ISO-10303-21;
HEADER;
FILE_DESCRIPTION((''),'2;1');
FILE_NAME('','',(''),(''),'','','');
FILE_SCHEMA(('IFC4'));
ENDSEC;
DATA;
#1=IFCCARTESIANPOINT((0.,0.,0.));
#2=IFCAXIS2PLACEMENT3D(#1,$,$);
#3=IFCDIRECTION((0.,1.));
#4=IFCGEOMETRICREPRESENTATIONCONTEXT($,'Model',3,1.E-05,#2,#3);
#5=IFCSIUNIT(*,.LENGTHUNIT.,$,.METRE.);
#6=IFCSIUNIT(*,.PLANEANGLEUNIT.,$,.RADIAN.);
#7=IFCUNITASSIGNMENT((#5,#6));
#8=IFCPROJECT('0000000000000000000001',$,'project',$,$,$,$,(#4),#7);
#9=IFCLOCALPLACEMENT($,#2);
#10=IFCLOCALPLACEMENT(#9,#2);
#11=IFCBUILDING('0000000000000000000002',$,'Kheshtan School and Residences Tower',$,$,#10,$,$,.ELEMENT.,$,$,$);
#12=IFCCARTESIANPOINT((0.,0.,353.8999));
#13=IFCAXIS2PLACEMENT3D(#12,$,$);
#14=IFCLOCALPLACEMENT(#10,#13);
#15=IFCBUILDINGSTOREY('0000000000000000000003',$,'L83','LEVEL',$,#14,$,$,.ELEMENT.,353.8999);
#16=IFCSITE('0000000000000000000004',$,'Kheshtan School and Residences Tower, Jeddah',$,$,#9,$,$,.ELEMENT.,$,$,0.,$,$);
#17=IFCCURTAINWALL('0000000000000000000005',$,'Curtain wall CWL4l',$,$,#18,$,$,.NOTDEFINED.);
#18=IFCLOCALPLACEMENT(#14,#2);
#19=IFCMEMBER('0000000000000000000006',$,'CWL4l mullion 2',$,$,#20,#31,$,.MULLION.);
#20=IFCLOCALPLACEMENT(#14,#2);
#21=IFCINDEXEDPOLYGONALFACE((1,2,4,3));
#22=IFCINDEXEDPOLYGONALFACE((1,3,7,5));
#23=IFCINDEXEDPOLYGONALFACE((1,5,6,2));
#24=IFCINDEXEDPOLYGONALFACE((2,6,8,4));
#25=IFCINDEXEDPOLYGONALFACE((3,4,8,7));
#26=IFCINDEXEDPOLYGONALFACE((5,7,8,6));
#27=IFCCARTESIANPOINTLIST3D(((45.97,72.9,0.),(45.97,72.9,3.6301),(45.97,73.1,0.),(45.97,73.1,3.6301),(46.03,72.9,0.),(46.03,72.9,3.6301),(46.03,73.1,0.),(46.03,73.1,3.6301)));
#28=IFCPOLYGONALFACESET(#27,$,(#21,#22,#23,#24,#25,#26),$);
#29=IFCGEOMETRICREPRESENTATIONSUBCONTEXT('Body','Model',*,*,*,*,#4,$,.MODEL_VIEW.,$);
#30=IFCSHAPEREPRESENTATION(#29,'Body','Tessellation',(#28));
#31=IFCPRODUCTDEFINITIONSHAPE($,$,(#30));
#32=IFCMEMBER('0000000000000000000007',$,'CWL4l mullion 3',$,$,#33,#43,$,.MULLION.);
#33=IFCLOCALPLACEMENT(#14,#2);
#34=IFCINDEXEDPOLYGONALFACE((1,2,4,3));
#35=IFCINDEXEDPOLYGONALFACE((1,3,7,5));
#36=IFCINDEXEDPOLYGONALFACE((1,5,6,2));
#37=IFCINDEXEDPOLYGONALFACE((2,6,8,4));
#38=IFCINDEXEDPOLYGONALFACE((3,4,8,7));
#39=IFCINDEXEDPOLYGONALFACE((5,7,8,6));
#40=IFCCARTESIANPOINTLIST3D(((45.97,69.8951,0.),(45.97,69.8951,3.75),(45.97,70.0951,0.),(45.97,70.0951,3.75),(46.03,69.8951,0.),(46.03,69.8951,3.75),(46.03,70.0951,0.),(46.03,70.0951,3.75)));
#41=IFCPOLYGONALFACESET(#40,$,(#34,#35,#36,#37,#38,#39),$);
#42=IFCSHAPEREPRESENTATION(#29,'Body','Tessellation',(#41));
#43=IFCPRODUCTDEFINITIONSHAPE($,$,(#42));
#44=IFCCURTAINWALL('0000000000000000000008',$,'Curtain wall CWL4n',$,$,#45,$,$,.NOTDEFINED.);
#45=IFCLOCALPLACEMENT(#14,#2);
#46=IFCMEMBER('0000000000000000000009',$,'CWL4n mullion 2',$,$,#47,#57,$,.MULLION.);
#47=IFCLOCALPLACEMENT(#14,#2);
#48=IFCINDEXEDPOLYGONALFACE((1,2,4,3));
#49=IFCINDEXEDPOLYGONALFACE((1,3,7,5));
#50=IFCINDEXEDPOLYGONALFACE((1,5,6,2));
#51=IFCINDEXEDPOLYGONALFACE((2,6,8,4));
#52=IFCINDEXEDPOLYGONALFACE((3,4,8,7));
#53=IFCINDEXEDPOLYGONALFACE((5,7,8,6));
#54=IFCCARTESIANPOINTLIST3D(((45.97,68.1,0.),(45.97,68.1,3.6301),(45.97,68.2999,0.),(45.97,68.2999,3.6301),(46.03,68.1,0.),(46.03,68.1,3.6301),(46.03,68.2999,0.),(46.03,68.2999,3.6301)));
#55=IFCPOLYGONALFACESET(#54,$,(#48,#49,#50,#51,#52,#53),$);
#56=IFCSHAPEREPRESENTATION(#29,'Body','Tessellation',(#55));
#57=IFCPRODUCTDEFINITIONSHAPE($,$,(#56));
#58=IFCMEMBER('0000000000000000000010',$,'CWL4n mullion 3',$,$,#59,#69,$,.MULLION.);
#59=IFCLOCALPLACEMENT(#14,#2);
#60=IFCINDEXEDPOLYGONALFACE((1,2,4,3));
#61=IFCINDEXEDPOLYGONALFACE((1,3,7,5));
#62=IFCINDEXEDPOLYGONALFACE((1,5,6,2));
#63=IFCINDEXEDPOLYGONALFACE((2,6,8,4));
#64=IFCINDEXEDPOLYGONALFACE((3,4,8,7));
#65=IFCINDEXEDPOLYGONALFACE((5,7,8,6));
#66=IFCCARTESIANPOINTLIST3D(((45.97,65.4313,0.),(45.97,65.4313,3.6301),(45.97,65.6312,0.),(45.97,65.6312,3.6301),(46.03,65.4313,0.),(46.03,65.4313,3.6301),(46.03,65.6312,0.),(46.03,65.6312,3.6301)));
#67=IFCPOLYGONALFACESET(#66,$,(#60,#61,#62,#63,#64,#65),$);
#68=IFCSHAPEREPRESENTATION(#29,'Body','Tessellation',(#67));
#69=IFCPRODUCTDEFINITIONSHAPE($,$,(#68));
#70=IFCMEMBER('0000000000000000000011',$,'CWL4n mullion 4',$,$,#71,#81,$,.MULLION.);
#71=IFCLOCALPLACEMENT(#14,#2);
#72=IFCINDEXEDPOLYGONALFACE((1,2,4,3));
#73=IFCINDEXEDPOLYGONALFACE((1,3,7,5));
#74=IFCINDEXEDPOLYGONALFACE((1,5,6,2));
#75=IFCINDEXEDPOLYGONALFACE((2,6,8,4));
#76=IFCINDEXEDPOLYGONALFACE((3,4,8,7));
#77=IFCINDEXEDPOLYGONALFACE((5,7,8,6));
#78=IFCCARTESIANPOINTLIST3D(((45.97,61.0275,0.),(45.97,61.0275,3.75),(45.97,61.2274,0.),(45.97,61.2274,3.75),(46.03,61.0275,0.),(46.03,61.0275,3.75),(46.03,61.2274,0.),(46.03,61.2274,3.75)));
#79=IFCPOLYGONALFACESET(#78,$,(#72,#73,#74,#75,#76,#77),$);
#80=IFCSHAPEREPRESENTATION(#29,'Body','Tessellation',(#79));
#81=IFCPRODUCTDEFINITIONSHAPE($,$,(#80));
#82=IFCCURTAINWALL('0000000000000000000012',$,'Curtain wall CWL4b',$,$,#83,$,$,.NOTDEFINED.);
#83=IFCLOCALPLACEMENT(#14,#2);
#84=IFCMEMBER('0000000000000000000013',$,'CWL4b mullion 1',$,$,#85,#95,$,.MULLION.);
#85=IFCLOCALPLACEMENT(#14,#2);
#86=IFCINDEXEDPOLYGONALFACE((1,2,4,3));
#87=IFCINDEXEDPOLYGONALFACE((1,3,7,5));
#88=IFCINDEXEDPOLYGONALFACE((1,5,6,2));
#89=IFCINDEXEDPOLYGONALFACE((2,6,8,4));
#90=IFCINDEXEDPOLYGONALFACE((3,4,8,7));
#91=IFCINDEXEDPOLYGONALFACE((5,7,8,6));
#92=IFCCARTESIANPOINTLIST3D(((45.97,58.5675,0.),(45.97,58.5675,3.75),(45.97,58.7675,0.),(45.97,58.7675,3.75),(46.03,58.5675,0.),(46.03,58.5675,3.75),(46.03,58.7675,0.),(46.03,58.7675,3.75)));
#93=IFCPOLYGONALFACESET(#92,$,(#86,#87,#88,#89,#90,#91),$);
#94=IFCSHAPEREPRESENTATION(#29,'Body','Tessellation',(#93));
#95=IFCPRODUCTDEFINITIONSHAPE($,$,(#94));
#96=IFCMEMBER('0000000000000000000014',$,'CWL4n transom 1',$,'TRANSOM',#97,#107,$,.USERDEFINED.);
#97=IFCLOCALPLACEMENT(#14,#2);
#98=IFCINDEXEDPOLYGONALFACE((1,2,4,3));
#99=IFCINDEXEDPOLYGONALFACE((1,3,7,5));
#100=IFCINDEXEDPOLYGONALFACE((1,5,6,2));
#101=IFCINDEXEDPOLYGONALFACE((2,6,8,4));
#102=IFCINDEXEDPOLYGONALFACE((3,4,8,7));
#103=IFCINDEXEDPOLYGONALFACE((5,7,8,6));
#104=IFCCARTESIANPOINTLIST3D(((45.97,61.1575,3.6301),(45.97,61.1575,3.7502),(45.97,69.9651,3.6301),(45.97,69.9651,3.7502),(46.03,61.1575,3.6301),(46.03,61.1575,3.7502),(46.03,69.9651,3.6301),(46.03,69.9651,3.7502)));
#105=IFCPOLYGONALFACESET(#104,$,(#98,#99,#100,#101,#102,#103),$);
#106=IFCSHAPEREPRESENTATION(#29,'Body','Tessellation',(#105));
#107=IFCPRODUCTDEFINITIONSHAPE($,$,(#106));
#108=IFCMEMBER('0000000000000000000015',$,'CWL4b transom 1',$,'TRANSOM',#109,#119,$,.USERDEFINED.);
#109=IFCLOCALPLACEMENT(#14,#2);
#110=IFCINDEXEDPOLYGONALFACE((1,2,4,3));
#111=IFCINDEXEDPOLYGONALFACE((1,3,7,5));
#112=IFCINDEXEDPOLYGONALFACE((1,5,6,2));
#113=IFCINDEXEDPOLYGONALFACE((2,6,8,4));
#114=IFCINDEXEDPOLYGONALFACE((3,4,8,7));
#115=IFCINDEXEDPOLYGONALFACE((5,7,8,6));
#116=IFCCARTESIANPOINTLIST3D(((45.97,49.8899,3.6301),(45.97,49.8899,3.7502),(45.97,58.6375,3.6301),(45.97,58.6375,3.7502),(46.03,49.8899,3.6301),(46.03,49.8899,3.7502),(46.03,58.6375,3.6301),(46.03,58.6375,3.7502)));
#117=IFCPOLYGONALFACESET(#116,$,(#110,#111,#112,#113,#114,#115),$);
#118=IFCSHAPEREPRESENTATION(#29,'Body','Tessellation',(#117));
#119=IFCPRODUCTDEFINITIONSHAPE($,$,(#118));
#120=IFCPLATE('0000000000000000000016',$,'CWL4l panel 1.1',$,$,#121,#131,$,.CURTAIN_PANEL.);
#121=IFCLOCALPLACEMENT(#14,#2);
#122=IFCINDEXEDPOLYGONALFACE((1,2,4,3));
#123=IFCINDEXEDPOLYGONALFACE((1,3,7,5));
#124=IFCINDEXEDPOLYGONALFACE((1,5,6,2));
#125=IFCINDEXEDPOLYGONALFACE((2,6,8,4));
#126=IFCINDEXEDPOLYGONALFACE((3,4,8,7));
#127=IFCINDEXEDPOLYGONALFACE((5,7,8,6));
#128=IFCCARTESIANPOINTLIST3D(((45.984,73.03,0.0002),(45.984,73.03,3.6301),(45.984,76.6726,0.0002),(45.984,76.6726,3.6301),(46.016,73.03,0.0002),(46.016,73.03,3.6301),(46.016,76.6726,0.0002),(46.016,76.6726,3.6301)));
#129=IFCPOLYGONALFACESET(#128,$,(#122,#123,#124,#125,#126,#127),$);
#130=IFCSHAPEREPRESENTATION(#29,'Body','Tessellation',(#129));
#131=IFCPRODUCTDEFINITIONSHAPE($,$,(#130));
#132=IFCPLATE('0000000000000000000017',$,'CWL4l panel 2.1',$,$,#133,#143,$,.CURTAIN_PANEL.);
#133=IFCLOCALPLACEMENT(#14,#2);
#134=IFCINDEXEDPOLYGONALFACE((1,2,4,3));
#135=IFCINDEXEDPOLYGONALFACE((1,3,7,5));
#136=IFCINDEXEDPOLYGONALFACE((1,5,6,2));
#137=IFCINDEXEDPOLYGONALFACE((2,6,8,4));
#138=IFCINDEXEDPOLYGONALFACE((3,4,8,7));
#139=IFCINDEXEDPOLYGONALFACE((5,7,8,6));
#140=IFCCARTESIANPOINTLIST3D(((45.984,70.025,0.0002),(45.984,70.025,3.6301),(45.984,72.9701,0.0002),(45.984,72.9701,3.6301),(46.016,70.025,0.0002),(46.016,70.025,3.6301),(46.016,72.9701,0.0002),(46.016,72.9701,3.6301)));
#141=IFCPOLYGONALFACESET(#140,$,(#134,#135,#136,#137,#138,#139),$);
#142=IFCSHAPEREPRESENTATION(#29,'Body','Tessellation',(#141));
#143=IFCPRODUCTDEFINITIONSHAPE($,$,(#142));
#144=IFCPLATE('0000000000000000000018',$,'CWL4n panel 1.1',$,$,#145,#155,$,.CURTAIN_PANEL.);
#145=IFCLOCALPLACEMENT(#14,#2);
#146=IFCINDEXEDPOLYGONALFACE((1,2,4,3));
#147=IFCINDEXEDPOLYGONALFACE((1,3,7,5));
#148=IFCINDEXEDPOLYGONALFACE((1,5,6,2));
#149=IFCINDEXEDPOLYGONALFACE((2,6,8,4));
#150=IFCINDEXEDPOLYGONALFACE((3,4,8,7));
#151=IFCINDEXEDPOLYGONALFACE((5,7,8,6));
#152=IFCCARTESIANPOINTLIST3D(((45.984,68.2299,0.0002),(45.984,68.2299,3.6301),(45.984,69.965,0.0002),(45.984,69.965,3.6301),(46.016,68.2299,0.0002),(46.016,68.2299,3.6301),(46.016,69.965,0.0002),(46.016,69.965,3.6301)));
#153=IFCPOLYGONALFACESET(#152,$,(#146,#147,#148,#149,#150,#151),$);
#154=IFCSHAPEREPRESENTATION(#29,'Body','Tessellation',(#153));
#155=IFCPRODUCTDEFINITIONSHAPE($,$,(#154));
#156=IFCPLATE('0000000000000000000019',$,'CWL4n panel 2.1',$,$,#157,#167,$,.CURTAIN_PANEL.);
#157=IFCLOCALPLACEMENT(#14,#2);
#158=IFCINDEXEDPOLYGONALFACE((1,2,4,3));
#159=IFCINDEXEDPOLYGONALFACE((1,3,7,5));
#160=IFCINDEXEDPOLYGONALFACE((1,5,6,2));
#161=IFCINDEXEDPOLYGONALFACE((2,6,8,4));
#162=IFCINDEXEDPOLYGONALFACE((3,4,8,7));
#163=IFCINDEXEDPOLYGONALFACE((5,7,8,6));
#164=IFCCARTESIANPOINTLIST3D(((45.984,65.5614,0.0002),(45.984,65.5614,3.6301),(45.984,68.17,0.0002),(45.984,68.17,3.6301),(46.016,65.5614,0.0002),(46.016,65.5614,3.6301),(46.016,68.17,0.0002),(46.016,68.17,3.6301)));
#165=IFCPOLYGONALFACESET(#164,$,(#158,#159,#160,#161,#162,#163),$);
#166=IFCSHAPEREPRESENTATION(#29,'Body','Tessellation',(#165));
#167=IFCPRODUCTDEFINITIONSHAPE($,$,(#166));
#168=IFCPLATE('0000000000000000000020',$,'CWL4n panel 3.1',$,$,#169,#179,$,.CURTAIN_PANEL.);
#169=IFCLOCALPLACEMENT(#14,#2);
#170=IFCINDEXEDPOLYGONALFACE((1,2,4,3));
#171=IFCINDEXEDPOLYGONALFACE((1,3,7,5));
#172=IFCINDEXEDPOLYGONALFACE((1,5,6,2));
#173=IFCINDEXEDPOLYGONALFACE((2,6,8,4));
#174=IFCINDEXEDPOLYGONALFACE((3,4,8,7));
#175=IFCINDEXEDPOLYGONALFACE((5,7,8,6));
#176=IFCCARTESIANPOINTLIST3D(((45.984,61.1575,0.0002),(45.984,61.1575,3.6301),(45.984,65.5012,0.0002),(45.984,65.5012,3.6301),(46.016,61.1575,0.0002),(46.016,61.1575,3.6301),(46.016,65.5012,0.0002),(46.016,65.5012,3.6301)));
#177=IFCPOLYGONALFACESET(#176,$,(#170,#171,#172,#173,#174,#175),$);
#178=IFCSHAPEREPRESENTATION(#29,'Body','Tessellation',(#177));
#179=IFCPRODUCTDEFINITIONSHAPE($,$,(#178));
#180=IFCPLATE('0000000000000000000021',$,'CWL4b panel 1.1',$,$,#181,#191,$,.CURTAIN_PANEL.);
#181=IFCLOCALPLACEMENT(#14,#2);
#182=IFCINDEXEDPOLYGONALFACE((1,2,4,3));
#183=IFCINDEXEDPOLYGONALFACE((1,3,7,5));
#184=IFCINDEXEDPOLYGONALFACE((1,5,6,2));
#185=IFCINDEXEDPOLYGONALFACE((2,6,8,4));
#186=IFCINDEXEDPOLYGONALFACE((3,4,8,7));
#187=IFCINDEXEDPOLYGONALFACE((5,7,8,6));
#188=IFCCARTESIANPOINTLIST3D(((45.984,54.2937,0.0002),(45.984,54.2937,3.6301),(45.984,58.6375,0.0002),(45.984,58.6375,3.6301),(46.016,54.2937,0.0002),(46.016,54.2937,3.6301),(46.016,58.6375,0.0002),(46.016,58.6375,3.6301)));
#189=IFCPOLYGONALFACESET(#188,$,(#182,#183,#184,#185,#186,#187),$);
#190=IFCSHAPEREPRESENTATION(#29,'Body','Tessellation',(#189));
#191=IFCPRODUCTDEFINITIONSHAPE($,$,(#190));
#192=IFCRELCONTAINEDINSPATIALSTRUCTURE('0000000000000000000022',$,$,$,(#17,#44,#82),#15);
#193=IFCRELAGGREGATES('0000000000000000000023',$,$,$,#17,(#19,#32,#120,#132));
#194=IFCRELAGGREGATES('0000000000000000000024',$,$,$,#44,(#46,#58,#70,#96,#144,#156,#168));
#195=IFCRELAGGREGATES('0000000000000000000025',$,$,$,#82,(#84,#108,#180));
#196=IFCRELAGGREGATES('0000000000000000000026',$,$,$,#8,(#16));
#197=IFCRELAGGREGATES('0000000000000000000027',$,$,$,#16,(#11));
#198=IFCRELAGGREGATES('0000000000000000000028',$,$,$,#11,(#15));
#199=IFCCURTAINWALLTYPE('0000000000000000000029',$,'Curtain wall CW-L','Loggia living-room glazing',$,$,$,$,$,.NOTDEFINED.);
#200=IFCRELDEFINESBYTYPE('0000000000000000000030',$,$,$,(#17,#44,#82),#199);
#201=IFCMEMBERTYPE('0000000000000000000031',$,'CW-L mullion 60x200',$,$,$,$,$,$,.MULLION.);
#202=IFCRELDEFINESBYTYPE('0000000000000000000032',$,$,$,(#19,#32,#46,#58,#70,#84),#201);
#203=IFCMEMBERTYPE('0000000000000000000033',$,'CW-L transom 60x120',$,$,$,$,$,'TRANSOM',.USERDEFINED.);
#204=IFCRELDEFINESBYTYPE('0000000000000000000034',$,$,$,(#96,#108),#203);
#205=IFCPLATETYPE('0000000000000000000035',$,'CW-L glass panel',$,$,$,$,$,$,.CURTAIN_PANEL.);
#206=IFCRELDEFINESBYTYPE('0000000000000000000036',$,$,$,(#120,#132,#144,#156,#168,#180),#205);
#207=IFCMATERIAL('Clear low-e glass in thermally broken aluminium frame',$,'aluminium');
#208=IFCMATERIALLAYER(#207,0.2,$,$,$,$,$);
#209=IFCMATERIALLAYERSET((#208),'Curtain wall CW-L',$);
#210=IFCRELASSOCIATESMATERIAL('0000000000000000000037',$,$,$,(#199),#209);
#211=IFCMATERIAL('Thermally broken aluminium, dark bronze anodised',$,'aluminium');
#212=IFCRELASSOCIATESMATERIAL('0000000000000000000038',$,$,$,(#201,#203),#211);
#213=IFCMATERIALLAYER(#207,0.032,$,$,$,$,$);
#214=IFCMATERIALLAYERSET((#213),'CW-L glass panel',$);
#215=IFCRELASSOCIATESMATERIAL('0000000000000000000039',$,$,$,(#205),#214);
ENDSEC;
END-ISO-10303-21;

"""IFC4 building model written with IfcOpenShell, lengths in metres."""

from ifc_helpers import new_model, si_unit, direction, frame, origin, origin_2d, place, context, subcontext, project, spatial, rectangle, extrude, material, layer, layer_set, material_profile, profile_set, type_object, element, aggregate, save


model = new_model("IFC4")

# Units and contexts
model_context = context("Model", 3, precision=1e-05, world=origin(), true_north=direction((0.0, 1.0)))
body_context = subcontext(model_context, "Body", "Model", "MODEL_VIEW")
ifc_project = project(units=[si_unit("LENGTHUNIT", "METRE"), si_unit("PLANEANGLEUNIT", "RADIAN")], contexts=[model_context])

# Site, building, storey
site_placement = place(None, origin())
site = spatial("IfcSite", under=ifc_project, at=site_placement, Name="Kheshtan School and Residences Tower, Jeddah", CompositionType="ELEMENT", RefElevation=0.0)
building_placement = place(site_placement, origin())
building = spatial("IfcBuilding", under=site, at=building_placement, Name="Kheshtan School and Residences Tower", CompositionType="ELEMENT")
storey_placement = place(building_placement, frame((0.0, 0.0, 353.8999)))
storey = spatial("IfcBuildingStorey", under=building, at=storey_placement, Name="L83", Description="LEVEL", CompositionType="ELEMENT", Elevation=353.8999)

# Curtain walls, members
ifc_material_1 = material(Name="Clear low-e glass in thermally broken aluminium frame", Category="aluminium")
ifc_layer_1 = layer(ifc_material_1, 0.2)
ifc_layer_set_1 = layer_set([ifc_layer_1], Name="Curtain wall CW-L")
curtain_wall_type = type_object("IfcCurtainWallType", Name="Curtain wall CW-L", Description="Loggia living-room glazing", PredefinedType="NOTDEFINED", material=ifc_layer_set_1)
curtain_wall_1_placement = place(storey_placement, origin())
curtain_wall_1 = element("IfcCurtainWall", 1, at=curtain_wall_1_placement, inside=storey, type_object=curtain_wall_type, Name="Curtain wall CWL4l", PredefinedType="NOTDEFINED")
ifc_material_2 = material(Name="Thermally broken aluminium, dark bronze anodised", Category="aluminium")
ifc_material_profile_1 = material_profile(ifc_material_2, rectangle(XDim=0.0601, YDim=0.2, at=origin_2d()), Name="CW-L mullion 60x200")
ifc_profile_set_1 = profile_set([ifc_material_profile_1], Name="Thermally broken aluminium, dark bronze anodised")
member_type_1 = type_object("IfcMemberType", Name="CW-L mullion 60x200", PredefinedType="MULLION", material=ifc_profile_set_1)
member_1_placement = place(storey_placement, frame((46.0, 73.0, 0.0), z_axis=(0.0, 0.0, 1.0), x_axis=(1.0, 0.0, 0.0)))
member_1 = element("IfcMember", 2, at=member_1_placement, type_object=member_type_1, Name="CWL4l mullion 2", PredefinedType="MULLION", context=body_context, shape_type="SweptSolid", body=[
    extrude(rectangle(XDim=0.0601, YDim=0.2, at=origin_2d()), origin(), (0.0, 0.0, 1.0), 3.6301),
])
member_2_placement = place(storey_placement, frame((46.0, 69.9951, 0.0), z_axis=(0.0, 0.0, 1.0), x_axis=(1.0, 0.0, 0.0)))
member_2 = element("IfcMember", 3, at=member_2_placement, type_object=member_type_1, Name="CWL4l mullion 3", PredefinedType="MULLION", context=body_context, shape_type="SweptSolid", body=[
    extrude(rectangle(XDim=0.0601, YDim=0.2, at=origin_2d()), origin(), (0.0, 0.0, 1.0), 3.75),
])
curtain_wall_2_placement = place(storey_placement, origin())
curtain_wall_2 = element("IfcCurtainWall", 4, at=curtain_wall_2_placement, inside=storey, type_object=curtain_wall_type, Name="Curtain wall CWL4n", PredefinedType="NOTDEFINED")
member_3_placement = place(storey_placement, frame((46.0, 68.2, 0.0), z_axis=(0.0, 0.0, 1.0), x_axis=(1.0, 0.0, 0.0)))
member_3 = element("IfcMember", 5, at=member_3_placement, type_object=member_type_1, Name="CWL4n mullion 2", PredefinedType="MULLION", context=body_context, shape_type="SweptSolid", body=[
    extrude(rectangle(XDim=0.0601, YDim=0.2, at=origin_2d()), origin(), (0.0, 0.0, 1.0), 3.6301),
])
member_4_placement = place(storey_placement, frame((46.0, 65.5312, 0.0), z_axis=(0.0, 0.0, 1.0), x_axis=(1.0, 0.0, 0.0)))
member_4 = element("IfcMember", 6, at=member_4_placement, type_object=member_type_1, Name="CWL4n mullion 3", PredefinedType="MULLION", context=body_context, shape_type="SweptSolid", body=[
    extrude(rectangle(XDim=0.0601, YDim=0.2, at=origin_2d()), origin(), (0.0, 0.0, 1.0), 3.6301),
])
member_5_placement = place(storey_placement, frame((46.0, 61.1274, 0.0), z_axis=(0.0, 0.0, 1.0), x_axis=(1.0, 0.0, 0.0)))
member_5 = element("IfcMember", 7, at=member_5_placement, type_object=member_type_1, Name="CWL4n mullion 4", PredefinedType="MULLION", context=body_context, shape_type="SweptSolid", body=[
    extrude(rectangle(XDim=0.0601, YDim=0.2, at=origin_2d()), origin(), (0.0, 0.0, 1.0), 3.75),
])

# Curtain wall, member
curtain_wall_3_placement = place(storey_placement, origin())
curtain_wall_3 = element("IfcCurtainWall", 8, at=curtain_wall_3_placement, inside=storey, type_object=curtain_wall_type, Name="Curtain wall CWL4b", PredefinedType="NOTDEFINED")
member_6_placement = place(storey_placement, frame((46.0, 58.6675, 0.0), z_axis=(0.0, 0.0, 1.0), x_axis=(1.0, 0.0, 0.0)))
member_6 = element("IfcMember", 9, at=member_6_placement, type_object=member_type_1, Name="CWL4b mullion 1", PredefinedType="MULLION", context=body_context, shape_type="SweptSolid", body=[
    extrude(rectangle(XDim=0.0601, YDim=0.2, at=origin_2d()), origin(), (0.0, 0.0, 1.0), 3.75),
])

# Members
ifc_material_profile_2 = material_profile(ifc_material_2, rectangle(XDim=0.0601, YDim=0.1201, at=origin_2d()), Name="CW-L transom 60x120")
ifc_profile_set_2 = profile_set([ifc_material_profile_2], Name="Thermally broken aluminium, dark bronze anodised")
member_type_2 = type_object("IfcMemberType", Name="CW-L transom 60x120", ElementType="TRANSOM", PredefinedType="USERDEFINED", material=ifc_profile_set_2)
member_7_placement = place(storey_placement, frame((46.0, 69.9651, 3.6902), z_axis=(0.0, -1.0, 0.0), x_axis=(1.0, 0.0, 0.0)))
member_7 = element("IfcMember", 10, at=member_7_placement, type_object=member_type_2, Name="CWL4n transom 1", ObjectType="TRANSOM", PredefinedType="USERDEFINED", context=body_context, shape_type="SweptSolid", body=[
    extrude(rectangle(XDim=0.0601, YDim=0.1201, at=origin_2d()), origin(), (0.0, 0.0, 1.0), 8.8076),
])
member_8_placement = place(storey_placement, frame((46.0, 58.6375, 3.6902), z_axis=(0.0, -1.0, 0.0), x_axis=(1.0, 0.0, 0.0)))
member_8 = element("IfcMember", 11, at=member_8_placement, type_object=member_type_2, Name="CWL4b transom 1", ObjectType="TRANSOM", PredefinedType="USERDEFINED", context=body_context, shape_type="SweptSolid", body=[
    extrude(rectangle(XDim=0.0601, YDim=0.1201, at=origin_2d()), origin(), (0.0, 0.0, 1.0), 8.7476),
])

# Plates
ifc_layer_2 = layer(ifc_material_1, 0.032)
ifc_layer_set_2 = layer_set([ifc_layer_2], Name="CW-L glass panel")
plate_type = type_object("IfcPlateType", Name="CW-L glass panel", PredefinedType="CURTAIN_PANEL", material=ifc_layer_set_2)
plate_1_placement = place(storey_placement, frame((46.0, 74.8513, 0.0002), z_axis=(0.0, 0.0, 1.0), x_axis=(0.0, -1.0, 0.0)))
plate_1 = element("IfcPlate", 12, at=plate_1_placement, type_object=plate_type, Name="CWL4l panel 1.1", PredefinedType="CURTAIN_PANEL", context=body_context, shape_type="SweptSolid", body=[
    extrude(rectangle(XDim=3.6426, YDim=0.032, at=origin_2d()), origin(), (0.0, 0.0, 1.0), 3.6299),
])
plate_2_placement = place(storey_placement, frame((46.0, 71.4976, 0.0002), z_axis=(0.0, 0.0, 1.0), x_axis=(0.0, -1.0, 0.0)))
plate_2 = element("IfcPlate", 13, at=plate_2_placement, type_object=plate_type, Name="CWL4l panel 2.1", PredefinedType="CURTAIN_PANEL", context=body_context, shape_type="SweptSolid", body=[
    extrude(rectangle(XDim=2.9451, YDim=0.032, at=origin_2d()), origin(), (0.0, 0.0, 1.0), 3.6299),
])
aggregate(curtain_wall_1, [member_1, member_2, plate_1, plate_2])
plate_3_placement = place(storey_placement, frame((46.0, 69.0974, 0.0002), z_axis=(0.0, 0.0, 1.0), x_axis=(0.0, -1.0, 0.0)))
plate_3 = element("IfcPlate", 14, at=plate_3_placement, type_object=plate_type, Name="CWL4n panel 1.1", PredefinedType="CURTAIN_PANEL", context=body_context, shape_type="SweptSolid", body=[
    extrude(rectangle(XDim=1.7351, YDim=0.032, at=origin_2d()), origin(), (0.0, 0.0, 1.0), 3.6299),
])
plate_4_placement = place(storey_placement, frame((46.0, 66.8657, 0.0002), z_axis=(0.0, 0.0, 1.0), x_axis=(0.0, -1.0, 0.0)))
plate_4 = element("IfcPlate", 15, at=plate_4_placement, type_object=plate_type, Name="CWL4n panel 2.1", PredefinedType="CURTAIN_PANEL", context=body_context, shape_type="SweptSolid", body=[
    extrude(rectangle(XDim=2.6086, YDim=0.032, at=origin_2d()), origin(), (0.0, 0.0, 1.0), 3.6299),
])
plate_5_placement = place(storey_placement, frame((46.0, 63.3293, 0.0002), z_axis=(0.0, 0.0, 1.0), x_axis=(0.0, -1.0, 0.0)))
plate_5 = element("IfcPlate", 16, at=plate_5_placement, type_object=plate_type, Name="CWL4n panel 3.1", PredefinedType="CURTAIN_PANEL", context=body_context, shape_type="SweptSolid", body=[
    extrude(rectangle(XDim=4.3438, YDim=0.032, at=origin_2d()), origin(), (0.0, 0.0, 1.0), 3.6299),
])
aggregate(curtain_wall_2, [member_3, member_4, member_5, member_7, plate_3, plate_4, plate_5])
plate_6_placement = place(storey_placement, frame((46.0, 56.4656, 0.0002), z_axis=(0.0, 0.0, 1.0), x_axis=(0.0, -1.0, 0.0)))
plate_6 = element("IfcPlate", 17, at=plate_6_placement, type_object=plate_type, Name="CWL4b panel 1.1", PredefinedType="CURTAIN_PANEL", context=body_context, shape_type="SweptSolid", body=[
    extrude(rectangle(XDim=4.3438, YDim=0.032, at=origin_2d()), origin(), (0.0, 0.0, 1.0), 3.6299),
])
aggregate(curtain_wall_3, [member_6, member_8, plate_6])

save(model, "model.ifc")
